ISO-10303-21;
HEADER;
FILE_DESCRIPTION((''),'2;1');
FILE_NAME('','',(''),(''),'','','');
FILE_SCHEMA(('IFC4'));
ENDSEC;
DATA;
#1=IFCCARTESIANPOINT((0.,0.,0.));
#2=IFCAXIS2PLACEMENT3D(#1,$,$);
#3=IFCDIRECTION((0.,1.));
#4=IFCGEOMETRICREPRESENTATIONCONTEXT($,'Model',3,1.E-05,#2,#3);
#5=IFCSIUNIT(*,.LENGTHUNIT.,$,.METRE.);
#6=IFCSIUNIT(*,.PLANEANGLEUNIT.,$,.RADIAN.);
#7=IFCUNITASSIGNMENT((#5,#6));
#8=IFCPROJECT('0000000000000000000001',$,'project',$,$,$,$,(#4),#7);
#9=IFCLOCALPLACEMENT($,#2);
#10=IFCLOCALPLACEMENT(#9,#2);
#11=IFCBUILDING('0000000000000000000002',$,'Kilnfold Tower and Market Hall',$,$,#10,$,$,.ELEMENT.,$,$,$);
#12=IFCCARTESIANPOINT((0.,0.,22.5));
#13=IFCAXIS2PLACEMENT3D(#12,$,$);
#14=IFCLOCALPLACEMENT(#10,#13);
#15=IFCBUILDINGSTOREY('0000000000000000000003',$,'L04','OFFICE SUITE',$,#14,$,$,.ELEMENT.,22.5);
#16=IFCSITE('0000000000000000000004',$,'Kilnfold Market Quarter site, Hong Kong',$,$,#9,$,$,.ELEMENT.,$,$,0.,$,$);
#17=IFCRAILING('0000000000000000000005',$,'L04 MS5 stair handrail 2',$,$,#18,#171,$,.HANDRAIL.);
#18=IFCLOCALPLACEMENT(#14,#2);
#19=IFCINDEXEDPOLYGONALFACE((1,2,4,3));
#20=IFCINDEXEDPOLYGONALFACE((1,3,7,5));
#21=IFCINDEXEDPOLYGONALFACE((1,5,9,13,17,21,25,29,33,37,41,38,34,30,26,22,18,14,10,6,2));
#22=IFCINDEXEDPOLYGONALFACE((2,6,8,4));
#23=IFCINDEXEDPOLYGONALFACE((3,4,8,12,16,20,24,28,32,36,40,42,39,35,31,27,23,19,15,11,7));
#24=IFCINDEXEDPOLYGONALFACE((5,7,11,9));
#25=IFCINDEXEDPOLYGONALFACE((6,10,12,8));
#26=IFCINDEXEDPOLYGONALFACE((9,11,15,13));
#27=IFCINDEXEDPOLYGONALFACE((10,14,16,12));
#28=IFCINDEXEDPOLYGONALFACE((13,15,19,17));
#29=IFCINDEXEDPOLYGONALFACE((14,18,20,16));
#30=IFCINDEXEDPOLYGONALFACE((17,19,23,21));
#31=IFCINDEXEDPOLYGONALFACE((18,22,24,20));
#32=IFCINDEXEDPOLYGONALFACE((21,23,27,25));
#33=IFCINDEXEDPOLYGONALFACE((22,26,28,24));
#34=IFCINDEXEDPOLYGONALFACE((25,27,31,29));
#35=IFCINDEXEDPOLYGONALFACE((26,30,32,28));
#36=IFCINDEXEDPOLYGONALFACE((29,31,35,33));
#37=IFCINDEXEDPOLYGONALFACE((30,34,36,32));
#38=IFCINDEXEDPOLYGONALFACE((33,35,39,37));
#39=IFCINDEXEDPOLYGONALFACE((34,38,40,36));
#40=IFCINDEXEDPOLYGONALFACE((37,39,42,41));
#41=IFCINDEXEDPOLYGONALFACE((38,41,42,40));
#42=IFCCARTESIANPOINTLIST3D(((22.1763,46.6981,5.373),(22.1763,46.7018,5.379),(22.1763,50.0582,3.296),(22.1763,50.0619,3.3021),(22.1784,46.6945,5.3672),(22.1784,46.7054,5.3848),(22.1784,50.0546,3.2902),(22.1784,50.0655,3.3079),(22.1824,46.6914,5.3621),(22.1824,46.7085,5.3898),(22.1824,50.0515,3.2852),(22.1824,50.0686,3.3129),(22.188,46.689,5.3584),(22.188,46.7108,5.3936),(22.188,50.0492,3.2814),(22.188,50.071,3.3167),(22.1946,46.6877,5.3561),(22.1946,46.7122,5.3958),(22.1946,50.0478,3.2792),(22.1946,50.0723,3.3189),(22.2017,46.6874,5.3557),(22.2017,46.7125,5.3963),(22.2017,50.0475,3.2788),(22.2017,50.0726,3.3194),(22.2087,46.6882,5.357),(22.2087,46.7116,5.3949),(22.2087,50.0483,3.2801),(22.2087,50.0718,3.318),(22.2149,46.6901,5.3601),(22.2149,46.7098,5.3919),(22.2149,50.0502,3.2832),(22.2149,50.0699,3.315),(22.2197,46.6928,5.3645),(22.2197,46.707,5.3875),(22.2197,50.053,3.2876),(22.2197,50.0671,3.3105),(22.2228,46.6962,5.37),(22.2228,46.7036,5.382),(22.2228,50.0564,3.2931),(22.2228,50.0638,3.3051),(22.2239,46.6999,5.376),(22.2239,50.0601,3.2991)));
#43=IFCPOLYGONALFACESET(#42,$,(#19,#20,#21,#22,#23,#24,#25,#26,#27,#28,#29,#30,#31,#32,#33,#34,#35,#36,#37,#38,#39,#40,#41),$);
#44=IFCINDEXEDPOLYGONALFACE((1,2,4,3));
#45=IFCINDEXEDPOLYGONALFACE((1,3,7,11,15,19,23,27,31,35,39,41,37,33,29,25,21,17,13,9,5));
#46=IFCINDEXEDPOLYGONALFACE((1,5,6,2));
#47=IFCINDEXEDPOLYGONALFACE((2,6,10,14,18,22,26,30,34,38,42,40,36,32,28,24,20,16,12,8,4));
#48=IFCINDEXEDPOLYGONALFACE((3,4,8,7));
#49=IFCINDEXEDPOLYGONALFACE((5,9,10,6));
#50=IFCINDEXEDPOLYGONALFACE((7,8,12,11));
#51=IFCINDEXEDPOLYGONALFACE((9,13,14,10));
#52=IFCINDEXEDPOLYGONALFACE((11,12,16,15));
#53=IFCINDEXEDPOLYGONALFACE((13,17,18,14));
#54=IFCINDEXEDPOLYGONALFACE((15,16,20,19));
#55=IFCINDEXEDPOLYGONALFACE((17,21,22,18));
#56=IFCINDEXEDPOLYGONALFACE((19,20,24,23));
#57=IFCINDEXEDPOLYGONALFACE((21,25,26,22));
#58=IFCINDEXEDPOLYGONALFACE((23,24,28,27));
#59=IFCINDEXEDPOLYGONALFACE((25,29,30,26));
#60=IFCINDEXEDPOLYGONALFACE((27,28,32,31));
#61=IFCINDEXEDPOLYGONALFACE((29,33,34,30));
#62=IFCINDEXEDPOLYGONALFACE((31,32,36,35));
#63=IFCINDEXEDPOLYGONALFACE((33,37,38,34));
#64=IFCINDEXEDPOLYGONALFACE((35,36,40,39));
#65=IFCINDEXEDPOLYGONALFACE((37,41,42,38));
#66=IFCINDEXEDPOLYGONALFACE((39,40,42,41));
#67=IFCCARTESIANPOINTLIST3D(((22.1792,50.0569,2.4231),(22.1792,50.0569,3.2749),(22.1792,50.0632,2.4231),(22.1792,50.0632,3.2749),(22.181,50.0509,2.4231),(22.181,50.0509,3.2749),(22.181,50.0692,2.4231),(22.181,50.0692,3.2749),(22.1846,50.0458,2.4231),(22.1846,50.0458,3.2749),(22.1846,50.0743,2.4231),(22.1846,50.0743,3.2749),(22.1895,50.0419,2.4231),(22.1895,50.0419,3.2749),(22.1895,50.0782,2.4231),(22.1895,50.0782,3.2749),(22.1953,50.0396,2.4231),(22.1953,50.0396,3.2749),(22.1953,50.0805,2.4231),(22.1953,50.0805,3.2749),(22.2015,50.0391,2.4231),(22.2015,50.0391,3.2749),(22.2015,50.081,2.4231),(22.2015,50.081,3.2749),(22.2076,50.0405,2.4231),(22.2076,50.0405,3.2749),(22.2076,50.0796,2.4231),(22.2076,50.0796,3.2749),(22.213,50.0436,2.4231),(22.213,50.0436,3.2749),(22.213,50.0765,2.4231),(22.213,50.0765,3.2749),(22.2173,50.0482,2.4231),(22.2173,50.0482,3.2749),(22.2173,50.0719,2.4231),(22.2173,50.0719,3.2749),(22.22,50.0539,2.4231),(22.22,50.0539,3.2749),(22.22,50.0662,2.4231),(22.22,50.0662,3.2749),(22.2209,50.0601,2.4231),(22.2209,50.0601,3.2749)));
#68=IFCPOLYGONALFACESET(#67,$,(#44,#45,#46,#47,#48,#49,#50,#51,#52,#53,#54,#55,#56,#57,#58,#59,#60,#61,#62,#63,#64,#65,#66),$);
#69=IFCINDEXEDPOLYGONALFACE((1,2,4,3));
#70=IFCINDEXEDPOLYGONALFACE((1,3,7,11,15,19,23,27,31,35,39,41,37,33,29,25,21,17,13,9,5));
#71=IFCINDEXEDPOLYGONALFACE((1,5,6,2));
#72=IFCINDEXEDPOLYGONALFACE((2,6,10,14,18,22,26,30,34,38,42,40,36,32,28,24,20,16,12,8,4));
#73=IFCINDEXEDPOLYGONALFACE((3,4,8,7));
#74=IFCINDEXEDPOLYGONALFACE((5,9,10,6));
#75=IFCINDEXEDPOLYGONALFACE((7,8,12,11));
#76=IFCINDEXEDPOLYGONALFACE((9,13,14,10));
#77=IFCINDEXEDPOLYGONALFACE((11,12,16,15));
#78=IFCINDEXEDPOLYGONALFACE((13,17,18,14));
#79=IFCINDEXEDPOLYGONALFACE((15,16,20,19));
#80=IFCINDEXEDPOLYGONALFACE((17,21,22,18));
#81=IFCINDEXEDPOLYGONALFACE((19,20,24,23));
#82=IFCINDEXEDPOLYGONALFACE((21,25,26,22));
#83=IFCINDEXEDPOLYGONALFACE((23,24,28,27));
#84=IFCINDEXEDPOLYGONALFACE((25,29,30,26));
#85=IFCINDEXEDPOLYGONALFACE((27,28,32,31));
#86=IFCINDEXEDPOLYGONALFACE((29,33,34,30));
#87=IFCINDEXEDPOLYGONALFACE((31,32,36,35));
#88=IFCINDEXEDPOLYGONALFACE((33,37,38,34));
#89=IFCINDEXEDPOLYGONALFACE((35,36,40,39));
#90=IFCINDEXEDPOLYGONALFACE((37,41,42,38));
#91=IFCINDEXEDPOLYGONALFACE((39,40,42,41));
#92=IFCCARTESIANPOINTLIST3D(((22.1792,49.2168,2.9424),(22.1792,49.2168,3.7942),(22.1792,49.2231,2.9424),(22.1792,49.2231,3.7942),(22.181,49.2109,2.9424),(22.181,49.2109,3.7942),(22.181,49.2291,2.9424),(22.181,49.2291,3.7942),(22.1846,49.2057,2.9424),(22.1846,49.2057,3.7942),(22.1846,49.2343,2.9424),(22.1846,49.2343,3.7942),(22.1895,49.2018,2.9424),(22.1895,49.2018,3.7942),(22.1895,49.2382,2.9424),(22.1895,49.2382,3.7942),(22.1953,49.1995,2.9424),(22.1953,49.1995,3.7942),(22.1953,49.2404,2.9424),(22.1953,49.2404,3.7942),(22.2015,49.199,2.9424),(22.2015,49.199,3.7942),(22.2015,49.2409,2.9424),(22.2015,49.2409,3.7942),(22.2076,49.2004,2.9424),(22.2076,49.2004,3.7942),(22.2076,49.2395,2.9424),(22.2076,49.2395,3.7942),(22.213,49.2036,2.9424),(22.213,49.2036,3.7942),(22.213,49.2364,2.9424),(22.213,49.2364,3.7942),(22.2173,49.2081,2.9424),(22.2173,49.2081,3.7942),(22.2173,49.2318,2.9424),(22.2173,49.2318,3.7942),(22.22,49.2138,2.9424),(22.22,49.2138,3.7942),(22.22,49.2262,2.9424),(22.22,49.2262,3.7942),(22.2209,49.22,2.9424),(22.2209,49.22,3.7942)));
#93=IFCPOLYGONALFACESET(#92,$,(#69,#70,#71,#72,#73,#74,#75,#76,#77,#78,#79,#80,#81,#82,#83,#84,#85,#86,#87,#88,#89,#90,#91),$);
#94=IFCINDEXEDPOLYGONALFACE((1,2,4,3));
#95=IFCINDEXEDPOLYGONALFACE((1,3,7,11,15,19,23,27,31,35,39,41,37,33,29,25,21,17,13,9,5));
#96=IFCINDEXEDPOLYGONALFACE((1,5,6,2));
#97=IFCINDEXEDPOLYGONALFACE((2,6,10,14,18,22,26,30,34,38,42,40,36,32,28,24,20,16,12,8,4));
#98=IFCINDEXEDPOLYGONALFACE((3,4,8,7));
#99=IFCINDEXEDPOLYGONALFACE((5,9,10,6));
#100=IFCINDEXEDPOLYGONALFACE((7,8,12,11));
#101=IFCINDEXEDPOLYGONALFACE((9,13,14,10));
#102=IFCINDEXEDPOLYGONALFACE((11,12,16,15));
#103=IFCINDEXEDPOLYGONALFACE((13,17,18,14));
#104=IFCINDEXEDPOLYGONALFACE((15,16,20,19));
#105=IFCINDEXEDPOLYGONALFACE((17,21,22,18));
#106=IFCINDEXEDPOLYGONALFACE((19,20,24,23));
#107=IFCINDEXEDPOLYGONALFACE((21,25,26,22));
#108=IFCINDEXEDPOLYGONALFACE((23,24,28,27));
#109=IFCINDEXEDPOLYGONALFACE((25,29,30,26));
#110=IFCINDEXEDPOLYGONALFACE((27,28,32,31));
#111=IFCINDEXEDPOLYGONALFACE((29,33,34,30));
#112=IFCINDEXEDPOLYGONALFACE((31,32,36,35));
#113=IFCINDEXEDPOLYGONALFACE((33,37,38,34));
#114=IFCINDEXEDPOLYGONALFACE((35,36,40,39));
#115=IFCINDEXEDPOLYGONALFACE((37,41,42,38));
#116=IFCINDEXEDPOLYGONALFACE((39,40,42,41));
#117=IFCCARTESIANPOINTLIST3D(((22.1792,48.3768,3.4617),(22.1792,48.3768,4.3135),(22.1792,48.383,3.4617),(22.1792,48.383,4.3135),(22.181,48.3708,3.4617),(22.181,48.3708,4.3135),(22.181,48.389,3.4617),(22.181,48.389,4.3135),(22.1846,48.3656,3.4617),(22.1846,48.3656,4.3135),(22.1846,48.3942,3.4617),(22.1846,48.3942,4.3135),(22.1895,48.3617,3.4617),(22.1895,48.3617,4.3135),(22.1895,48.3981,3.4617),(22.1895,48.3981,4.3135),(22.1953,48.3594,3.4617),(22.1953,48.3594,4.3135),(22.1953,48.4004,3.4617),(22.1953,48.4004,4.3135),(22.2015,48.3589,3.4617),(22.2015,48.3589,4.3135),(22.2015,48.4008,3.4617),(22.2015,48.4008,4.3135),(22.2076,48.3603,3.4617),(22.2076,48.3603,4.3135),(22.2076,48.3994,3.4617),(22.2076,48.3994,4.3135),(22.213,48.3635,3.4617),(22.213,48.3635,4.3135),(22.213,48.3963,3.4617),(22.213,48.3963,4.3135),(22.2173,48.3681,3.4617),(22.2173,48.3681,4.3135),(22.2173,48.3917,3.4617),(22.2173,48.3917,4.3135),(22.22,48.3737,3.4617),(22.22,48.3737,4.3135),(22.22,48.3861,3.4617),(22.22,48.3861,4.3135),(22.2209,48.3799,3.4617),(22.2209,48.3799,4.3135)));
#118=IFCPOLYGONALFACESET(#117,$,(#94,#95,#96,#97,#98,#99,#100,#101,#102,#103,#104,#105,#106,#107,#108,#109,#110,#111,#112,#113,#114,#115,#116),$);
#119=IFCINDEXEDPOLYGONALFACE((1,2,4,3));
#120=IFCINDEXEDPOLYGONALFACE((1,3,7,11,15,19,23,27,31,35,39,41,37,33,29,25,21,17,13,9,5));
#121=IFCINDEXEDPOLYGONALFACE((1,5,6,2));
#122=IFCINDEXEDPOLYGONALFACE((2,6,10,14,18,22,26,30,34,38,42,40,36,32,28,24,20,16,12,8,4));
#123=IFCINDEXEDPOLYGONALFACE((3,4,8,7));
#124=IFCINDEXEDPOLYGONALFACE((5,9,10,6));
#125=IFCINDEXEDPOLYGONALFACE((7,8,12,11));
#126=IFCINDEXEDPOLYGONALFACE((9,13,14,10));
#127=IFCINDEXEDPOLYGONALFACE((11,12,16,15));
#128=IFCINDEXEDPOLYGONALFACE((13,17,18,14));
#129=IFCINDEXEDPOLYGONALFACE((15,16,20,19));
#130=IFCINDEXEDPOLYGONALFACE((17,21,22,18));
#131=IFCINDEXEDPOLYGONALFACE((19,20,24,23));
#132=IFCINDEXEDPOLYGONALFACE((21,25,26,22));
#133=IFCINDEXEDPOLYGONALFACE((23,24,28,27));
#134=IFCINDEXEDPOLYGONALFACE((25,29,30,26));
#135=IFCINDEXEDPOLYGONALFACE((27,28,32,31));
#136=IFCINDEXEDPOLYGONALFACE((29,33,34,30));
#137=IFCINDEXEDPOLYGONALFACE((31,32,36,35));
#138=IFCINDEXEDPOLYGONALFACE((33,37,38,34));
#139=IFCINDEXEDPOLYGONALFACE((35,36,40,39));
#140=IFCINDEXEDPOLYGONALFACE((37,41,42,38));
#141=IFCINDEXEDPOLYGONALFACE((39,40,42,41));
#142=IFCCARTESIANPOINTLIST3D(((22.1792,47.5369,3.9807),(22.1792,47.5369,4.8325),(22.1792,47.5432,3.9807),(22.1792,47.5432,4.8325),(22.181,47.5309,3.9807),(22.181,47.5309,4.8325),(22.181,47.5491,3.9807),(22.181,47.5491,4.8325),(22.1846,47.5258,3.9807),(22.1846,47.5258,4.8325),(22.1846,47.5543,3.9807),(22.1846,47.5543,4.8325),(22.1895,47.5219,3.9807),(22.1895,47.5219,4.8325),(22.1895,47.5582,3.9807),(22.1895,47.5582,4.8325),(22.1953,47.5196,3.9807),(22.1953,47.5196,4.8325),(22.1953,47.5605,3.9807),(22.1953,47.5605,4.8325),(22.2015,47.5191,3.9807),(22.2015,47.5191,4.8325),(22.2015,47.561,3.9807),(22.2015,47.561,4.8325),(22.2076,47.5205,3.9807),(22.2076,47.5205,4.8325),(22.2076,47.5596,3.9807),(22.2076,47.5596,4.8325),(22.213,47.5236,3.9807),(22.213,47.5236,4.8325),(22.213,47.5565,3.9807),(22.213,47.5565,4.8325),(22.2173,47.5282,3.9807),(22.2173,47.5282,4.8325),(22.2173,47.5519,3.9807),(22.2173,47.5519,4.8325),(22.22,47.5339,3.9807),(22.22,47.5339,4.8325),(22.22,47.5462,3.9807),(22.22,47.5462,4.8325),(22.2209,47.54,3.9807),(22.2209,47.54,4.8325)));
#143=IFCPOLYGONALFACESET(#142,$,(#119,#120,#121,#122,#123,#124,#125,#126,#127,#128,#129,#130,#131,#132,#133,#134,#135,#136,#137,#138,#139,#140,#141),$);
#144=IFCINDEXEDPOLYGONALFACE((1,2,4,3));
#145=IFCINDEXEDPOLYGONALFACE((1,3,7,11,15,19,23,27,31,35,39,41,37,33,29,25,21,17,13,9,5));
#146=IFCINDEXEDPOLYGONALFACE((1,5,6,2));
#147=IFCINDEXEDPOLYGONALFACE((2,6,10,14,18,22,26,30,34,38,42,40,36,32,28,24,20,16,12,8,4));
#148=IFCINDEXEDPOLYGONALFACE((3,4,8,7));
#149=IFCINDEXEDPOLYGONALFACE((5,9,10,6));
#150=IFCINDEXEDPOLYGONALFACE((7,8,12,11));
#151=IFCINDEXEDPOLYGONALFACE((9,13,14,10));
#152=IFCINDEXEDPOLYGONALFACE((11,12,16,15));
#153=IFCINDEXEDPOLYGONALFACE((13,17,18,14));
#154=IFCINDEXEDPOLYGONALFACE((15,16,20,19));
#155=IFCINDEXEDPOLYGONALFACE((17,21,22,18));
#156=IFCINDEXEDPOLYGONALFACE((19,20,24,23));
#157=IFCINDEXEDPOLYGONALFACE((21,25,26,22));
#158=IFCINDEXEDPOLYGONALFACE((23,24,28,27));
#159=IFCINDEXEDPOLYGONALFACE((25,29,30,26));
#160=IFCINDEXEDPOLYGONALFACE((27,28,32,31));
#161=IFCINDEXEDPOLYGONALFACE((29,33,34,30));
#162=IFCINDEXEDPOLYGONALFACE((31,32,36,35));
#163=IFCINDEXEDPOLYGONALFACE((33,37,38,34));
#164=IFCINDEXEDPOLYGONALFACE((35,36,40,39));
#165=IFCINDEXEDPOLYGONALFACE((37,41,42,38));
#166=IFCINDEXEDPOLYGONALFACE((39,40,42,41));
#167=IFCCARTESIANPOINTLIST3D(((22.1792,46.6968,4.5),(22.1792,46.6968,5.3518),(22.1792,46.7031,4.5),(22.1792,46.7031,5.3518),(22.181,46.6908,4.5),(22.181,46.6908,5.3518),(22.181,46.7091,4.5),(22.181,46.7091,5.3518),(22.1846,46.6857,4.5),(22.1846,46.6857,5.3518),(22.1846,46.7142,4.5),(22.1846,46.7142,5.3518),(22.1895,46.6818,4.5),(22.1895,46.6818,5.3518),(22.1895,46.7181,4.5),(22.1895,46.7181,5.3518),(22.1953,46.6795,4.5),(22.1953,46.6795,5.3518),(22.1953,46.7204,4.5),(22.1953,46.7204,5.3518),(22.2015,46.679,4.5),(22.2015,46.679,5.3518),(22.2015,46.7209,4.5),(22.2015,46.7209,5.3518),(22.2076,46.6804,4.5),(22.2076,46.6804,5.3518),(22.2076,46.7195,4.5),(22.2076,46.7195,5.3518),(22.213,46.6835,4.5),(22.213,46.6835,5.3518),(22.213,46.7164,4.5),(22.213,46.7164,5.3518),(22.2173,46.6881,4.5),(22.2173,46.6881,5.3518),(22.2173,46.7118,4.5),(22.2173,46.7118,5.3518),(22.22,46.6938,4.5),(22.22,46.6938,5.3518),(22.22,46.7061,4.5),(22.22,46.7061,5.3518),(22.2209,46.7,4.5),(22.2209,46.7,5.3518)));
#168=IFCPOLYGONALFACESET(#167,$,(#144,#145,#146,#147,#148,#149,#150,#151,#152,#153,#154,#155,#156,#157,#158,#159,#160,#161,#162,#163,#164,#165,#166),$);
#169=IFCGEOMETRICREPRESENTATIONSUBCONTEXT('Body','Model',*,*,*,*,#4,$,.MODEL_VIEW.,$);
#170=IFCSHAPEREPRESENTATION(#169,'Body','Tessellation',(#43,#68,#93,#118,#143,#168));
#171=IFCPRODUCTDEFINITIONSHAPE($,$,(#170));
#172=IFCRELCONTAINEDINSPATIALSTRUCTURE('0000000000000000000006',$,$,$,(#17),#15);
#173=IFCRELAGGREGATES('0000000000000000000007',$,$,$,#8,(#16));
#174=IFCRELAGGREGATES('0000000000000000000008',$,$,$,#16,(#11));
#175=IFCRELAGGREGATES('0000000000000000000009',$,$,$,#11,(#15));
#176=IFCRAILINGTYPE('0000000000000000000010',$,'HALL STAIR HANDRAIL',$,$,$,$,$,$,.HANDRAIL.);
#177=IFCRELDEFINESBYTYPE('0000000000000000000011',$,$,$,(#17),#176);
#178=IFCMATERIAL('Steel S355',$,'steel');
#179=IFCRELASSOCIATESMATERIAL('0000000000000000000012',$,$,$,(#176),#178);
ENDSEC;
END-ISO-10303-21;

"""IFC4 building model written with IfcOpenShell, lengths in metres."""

from ifc_helpers import new_model, si_unit, direction, frame, origin, origin_2d, place, context, subcontext, project, spatial, circle, extrude, material, type_object, element, save


model = new_model("IFC4")

# Units and contexts
model_context = context("Model", 3, precision=1e-05, world=origin(), true_north=direction((0.0, 1.0)))
body_context = subcontext(model_context, "Body", "Model", "MODEL_VIEW")
ifc_project = project(units=[si_unit("LENGTHUNIT", "METRE"), si_unit("PLANEANGLEUNIT", "RADIAN")], contexts=[model_context])

# Site, building, storey
site_placement = place(None, origin())
site = spatial("IfcSite", under=ifc_project, at=site_placement, Name="Kilnfold Market Quarter site, Hong Kong", CompositionType="ELEMENT", RefElevation=0.0)
building_placement = place(site_placement, origin())
building = spatial("IfcBuilding", under=site, at=building_placement, Name="Kilnfold Tower and Market Hall", CompositionType="ELEMENT")
storey_placement = place(building_placement, frame((0.0, 0.0, 22.5)))
storey = spatial("IfcBuildingStorey", under=building, at=storey_placement, Name="L04", Description="OFFICE SUITE", CompositionType="ELEMENT", Elevation=22.5)

# Railing
ifc_material_1 = material(Name="Steel S355", Category="steel")
railing_type_1 = type_object("IfcRailingType", Name="HALL STAIR HANDRAIL", PredefinedType="HANDRAIL", material=ifc_material_1)
railing_1_placement = place(storey_placement, frame((22.2, 50.0601, 2.4231)))
element("IfcRailing", 1, at=railing_1_placement, inside=storey, type_object=railing_type_1, Name="L04 MS5 stair handrail 2", PredefinedType="HANDRAIL", context=body_context, shape_type="SweptSolid", body=[
    extrude(circle(Radius=0.0239, at=origin_2d()), frame((0.0, 0.0, 0.876), z_axis=(0.0, -0.850623, 0.525776), x_axis=(1.0, 0.0, 0.0)), (0.0, 0.0, 1.0), 3.9502),
    extrude(circle(Radius=0.021, at=origin_2d()), origin(), (0.0, 0.0, 1.0), 0.8518),
    extrude(circle(Radius=0.021, at=origin_2d()), frame((0.0, -0.8401, 0.5193)), (0.0, 0.0, 1.0), 0.8518),
    extrude(circle(Radius=0.021, at=origin_2d()), frame((0.0, -1.6802, 1.0386)), (0.0, 0.0, 1.0), 0.8518),
    extrude(circle(Radius=0.021, at=origin_2d()), frame((0.0, -2.52, 1.5576)), (0.0, 0.0, 1.0), 0.8518),
    extrude(circle(Radius=0.021, at=origin_2d()), frame((0.0, -3.3601, 2.0769)), (0.0, 0.0, 1.0), 0.8518),
])

save(model, "model.ifc")
